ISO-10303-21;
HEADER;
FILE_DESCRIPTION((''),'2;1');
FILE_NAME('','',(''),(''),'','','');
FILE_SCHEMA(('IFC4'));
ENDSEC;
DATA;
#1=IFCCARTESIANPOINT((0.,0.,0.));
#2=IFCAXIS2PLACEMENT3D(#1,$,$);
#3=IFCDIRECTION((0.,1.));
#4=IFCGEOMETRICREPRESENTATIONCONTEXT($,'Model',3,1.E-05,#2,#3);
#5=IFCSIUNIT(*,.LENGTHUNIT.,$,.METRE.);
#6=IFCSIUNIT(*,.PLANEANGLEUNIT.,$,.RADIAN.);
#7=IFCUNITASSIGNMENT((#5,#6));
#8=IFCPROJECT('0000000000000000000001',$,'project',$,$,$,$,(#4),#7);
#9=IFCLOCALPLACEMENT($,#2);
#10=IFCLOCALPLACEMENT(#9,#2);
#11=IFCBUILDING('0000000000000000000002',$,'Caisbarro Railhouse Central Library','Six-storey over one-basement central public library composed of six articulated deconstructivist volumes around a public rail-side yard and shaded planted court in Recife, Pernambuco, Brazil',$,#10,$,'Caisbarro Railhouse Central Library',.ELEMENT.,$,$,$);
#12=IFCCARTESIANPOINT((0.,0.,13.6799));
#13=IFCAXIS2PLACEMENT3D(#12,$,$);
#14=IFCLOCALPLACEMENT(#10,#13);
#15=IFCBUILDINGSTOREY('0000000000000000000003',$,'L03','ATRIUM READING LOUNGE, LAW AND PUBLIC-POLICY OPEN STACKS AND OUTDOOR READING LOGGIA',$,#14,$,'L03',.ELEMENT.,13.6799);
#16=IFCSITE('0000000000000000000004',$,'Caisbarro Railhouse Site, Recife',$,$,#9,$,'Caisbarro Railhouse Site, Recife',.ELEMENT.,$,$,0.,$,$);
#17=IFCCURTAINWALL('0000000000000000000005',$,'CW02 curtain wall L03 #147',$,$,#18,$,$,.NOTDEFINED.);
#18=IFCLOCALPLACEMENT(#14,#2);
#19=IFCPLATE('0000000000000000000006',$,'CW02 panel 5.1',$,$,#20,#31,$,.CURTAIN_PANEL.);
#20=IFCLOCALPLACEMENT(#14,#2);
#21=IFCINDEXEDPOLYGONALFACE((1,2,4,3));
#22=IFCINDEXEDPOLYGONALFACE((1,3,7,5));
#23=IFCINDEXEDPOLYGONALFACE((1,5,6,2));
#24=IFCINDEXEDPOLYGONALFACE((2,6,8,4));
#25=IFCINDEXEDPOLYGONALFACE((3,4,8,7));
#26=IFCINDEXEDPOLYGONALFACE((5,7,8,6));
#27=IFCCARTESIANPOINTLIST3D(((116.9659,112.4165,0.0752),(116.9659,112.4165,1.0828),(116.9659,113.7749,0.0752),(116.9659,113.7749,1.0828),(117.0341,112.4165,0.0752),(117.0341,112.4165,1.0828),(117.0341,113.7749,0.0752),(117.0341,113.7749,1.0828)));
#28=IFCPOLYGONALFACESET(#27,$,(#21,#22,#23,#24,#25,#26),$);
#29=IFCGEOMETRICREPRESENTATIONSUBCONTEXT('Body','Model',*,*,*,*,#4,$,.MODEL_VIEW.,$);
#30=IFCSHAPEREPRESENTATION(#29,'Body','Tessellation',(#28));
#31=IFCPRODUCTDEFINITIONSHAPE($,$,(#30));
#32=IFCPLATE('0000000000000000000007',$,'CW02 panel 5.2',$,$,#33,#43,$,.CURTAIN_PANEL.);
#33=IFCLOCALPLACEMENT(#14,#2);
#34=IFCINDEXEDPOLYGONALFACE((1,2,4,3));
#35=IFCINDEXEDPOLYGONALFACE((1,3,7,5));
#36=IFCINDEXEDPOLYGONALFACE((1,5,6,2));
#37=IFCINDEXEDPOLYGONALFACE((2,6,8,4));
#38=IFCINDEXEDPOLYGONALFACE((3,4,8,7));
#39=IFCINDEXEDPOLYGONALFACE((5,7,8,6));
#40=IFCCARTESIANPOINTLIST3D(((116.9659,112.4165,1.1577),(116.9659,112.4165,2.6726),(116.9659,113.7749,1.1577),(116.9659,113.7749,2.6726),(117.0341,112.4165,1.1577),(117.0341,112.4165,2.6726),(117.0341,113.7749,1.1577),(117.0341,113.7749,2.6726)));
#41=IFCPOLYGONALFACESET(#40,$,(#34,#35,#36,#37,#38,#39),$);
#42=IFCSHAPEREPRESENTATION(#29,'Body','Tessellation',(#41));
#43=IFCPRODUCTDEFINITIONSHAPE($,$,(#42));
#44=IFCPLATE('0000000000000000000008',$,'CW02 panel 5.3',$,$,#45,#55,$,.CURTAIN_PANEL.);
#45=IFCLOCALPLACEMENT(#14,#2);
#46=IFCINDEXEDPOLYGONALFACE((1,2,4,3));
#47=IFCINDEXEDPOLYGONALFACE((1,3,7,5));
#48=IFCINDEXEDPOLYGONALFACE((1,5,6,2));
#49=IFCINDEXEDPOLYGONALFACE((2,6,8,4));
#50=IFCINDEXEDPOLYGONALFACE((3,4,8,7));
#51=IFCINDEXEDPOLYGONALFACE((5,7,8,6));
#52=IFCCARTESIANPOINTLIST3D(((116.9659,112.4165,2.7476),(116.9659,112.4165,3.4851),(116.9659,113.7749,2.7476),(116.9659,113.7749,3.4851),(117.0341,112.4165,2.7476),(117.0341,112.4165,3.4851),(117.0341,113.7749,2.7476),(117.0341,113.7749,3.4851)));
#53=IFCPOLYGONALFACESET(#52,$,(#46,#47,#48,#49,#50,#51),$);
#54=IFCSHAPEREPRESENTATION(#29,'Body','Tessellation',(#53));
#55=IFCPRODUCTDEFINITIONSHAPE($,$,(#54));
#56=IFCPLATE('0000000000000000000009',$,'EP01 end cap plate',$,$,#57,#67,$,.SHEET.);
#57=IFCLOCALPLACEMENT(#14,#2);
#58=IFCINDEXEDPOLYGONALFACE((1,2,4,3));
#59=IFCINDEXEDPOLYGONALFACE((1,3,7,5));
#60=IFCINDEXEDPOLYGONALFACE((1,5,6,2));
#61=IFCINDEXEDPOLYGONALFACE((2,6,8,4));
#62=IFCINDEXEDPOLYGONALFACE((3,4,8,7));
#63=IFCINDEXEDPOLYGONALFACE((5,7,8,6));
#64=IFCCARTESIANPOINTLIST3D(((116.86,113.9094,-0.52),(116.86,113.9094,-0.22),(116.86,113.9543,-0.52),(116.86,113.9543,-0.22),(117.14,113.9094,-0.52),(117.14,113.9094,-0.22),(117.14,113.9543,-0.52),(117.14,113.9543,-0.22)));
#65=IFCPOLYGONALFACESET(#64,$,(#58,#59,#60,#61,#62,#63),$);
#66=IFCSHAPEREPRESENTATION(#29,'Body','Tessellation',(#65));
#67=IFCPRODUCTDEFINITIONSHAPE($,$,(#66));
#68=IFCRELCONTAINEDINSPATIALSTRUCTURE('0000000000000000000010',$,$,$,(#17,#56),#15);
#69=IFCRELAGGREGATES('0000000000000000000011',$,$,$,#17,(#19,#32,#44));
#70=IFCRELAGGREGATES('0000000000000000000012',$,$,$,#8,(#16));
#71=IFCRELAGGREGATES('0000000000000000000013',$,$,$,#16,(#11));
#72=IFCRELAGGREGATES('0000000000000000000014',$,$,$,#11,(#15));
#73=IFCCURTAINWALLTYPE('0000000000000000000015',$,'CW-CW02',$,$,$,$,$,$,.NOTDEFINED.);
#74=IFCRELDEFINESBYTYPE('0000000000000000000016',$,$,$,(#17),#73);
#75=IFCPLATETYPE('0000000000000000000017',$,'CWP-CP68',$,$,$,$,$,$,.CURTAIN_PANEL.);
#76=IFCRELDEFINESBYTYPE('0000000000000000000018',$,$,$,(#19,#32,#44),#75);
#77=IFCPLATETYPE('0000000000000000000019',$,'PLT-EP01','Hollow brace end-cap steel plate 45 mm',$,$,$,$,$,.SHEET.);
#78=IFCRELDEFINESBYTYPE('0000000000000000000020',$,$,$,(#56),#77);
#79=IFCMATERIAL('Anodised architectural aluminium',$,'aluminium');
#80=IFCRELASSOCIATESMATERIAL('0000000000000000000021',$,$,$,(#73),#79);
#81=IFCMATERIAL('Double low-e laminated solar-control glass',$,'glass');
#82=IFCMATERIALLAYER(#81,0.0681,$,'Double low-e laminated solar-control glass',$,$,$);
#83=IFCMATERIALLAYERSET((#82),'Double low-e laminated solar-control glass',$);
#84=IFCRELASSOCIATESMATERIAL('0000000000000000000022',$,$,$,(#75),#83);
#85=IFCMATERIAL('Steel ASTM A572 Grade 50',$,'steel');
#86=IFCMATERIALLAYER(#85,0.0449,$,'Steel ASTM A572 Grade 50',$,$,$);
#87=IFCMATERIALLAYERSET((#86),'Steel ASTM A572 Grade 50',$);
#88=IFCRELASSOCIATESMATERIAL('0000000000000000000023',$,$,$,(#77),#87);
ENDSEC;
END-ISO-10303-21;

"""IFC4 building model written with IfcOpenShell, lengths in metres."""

from ifc_helpers import new_model, si_unit, direction, frame, origin, origin_2d, place, context, subcontext, project, spatial, rectangle, extrude, material, layer, layer_set, type_object, element, aggregate, save


model = new_model("IFC4")

# Units and contexts
model_context = context("Model", 3, precision=1e-05, world=origin(), true_north=direction((0.0, 1.0)))
body_context = subcontext(model_context, "Body", "Model", "MODEL_VIEW")
ifc_project = project(units=[si_unit("LENGTHUNIT", "METRE"), si_unit("PLANEANGLEUNIT", "RADIAN")], contexts=[model_context])

# Site, building, storey
site_placement = place(None, origin())
site = spatial("IfcSite", under=ifc_project, at=site_placement, Name="Caisbarro Railhouse Site, Recife", LongName="Caisbarro Railhouse Site, Recife", CompositionType="ELEMENT", RefElevation=0.0)
building_placement = place(site_placement, origin())
building = spatial("IfcBuilding", under=site, at=building_placement, Name="Caisbarro Railhouse Central Library", Description="Six-storey over one-basement central public library composed of six articulated deconstructivist volumes around a public rail-side yard and shaded planted court in Recife, Pernambuco, Brazil", LongName="Caisbarro Railhouse Central Library", CompositionType="ELEMENT")
storey_placement = place(building_placement, frame((0.0, 0.0, 13.6799)))
storey = spatial("IfcBuildingStorey", under=building, at=storey_placement, Name="L03", Description="ATRIUM READING LOUNGE, LAW AND PUBLIC-POLICY OPEN STACKS AND OUTDOOR READING LOGGIA", LongName="L03", CompositionType="ELEMENT", Elevation=13.6799)

# Shared definitions
ifc_material_1 = material(Name="Steel ASTM A572 Grade 50", Category="steel")

# Curtain wall, plates
ifc_material_2 = material(Name="Anodised architectural aluminium", Category="aluminium")
curtain_wall_type = type_object("IfcCurtainWallType", Name="CW-CW02", PredefinedType="NOTDEFINED", material=ifc_material_2)
curtain_wall_placement = place(storey_placement, origin())
curtain_wall = element("IfcCurtainWall", 1, at=curtain_wall_placement, inside=storey, type_object=curtain_wall_type, Name="CW02 curtain wall L03 #147", PredefinedType="NOTDEFINED")
ifc_material_3 = material(Name="Double low-e laminated solar-control glass", Category="glass")
ifc_layer_1 = layer(ifc_material_3, 0.0681, Name="Double low-e laminated solar-control glass")
ifc_layer_set_1 = layer_set([ifc_layer_1], Name="Double low-e laminated solar-control glass")
plate_type_1 = type_object("IfcPlateType", Name="CWP-CP68", PredefinedType="CURTAIN_PANEL", material=ifc_layer_set_1)
plate_1_placement = place(storey_placement, frame((117.0, 113.0957, 0.0752), z_axis=(0.0, 0.0, 1.0), x_axis=(0.0, 1.0, 0.0)))
plate_1 = element("IfcPlate", 2, at=plate_1_placement, type_object=plate_type_1, Name="CW02 panel 5.1", PredefinedType="CURTAIN_PANEL", context=body_context, shape_type="SweptSolid", body=[
    extrude(rectangle(XDim=1.3584, YDim=0.0681, at=origin_2d()), origin(), (0.0, 0.0, 1.0), 1.0076),
])
plate_2_placement = place(storey_placement, frame((117.0, 113.0957, 1.1577), z_axis=(0.0, 0.0, 1.0), x_axis=(0.0, 1.0, 0.0)))
plate_2 = element("IfcPlate", 3, at=plate_2_placement, type_object=plate_type_1, Name="CW02 panel 5.2", PredefinedType="CURTAIN_PANEL", context=body_context, shape_type="SweptSolid", body=[
    extrude(rectangle(XDim=1.3584, YDim=0.0681, at=origin_2d()), origin(), (0.0, 0.0, 1.0), 1.5149),
])
plate_3_placement = place(storey_placement, frame((117.0, 113.0957, 2.7476), z_axis=(0.0, 0.0, 1.0), x_axis=(0.0, 1.0, 0.0)))
plate_3 = element("IfcPlate", 4, at=plate_3_placement, type_object=plate_type_1, Name="CW02 panel 5.3", PredefinedType="CURTAIN_PANEL", context=body_context, shape_type="SweptSolid", body=[
    extrude(rectangle(XDim=1.3584, YDim=0.0681, at=origin_2d()), origin(), (0.0, 0.0, 1.0), 0.7375),
])
aggregate(curtain_wall, [plate_1, plate_2, plate_3])

# Plate
ifc_layer_2 = layer(ifc_material_1, 0.0449, Name="Steel ASTM A572 Grade 50")
ifc_layer_set_2 = layer_set([ifc_layer_2], Name="Steel ASTM A572 Grade 50")
plate_type_2 = type_object("IfcPlateType", Name="PLT-EP01", Description="Hollow brace end-cap steel plate 45 mm", PredefinedType="SHEET", material=ifc_layer_set_2)
plate_4_placement = place(storey_placement, frame((117.0, 113.9319, -0.52), z_axis=(0.0, 0.0, 1.0), x_axis=(0.0, 1.0, 0.0)))
element("IfcPlate", 5, at=plate_4_placement, inside=storey, type_object=plate_type_2, Name="EP01 end cap plate", PredefinedType="SHEET", context=body_context, shape_type="SweptSolid", body=[
    extrude(rectangle(XDim=0.0449, YDim=0.28, at=origin_2d()), origin(), (0.0, 0.0, 1.0), 0.3),
])

save(model, "model.ifc")
